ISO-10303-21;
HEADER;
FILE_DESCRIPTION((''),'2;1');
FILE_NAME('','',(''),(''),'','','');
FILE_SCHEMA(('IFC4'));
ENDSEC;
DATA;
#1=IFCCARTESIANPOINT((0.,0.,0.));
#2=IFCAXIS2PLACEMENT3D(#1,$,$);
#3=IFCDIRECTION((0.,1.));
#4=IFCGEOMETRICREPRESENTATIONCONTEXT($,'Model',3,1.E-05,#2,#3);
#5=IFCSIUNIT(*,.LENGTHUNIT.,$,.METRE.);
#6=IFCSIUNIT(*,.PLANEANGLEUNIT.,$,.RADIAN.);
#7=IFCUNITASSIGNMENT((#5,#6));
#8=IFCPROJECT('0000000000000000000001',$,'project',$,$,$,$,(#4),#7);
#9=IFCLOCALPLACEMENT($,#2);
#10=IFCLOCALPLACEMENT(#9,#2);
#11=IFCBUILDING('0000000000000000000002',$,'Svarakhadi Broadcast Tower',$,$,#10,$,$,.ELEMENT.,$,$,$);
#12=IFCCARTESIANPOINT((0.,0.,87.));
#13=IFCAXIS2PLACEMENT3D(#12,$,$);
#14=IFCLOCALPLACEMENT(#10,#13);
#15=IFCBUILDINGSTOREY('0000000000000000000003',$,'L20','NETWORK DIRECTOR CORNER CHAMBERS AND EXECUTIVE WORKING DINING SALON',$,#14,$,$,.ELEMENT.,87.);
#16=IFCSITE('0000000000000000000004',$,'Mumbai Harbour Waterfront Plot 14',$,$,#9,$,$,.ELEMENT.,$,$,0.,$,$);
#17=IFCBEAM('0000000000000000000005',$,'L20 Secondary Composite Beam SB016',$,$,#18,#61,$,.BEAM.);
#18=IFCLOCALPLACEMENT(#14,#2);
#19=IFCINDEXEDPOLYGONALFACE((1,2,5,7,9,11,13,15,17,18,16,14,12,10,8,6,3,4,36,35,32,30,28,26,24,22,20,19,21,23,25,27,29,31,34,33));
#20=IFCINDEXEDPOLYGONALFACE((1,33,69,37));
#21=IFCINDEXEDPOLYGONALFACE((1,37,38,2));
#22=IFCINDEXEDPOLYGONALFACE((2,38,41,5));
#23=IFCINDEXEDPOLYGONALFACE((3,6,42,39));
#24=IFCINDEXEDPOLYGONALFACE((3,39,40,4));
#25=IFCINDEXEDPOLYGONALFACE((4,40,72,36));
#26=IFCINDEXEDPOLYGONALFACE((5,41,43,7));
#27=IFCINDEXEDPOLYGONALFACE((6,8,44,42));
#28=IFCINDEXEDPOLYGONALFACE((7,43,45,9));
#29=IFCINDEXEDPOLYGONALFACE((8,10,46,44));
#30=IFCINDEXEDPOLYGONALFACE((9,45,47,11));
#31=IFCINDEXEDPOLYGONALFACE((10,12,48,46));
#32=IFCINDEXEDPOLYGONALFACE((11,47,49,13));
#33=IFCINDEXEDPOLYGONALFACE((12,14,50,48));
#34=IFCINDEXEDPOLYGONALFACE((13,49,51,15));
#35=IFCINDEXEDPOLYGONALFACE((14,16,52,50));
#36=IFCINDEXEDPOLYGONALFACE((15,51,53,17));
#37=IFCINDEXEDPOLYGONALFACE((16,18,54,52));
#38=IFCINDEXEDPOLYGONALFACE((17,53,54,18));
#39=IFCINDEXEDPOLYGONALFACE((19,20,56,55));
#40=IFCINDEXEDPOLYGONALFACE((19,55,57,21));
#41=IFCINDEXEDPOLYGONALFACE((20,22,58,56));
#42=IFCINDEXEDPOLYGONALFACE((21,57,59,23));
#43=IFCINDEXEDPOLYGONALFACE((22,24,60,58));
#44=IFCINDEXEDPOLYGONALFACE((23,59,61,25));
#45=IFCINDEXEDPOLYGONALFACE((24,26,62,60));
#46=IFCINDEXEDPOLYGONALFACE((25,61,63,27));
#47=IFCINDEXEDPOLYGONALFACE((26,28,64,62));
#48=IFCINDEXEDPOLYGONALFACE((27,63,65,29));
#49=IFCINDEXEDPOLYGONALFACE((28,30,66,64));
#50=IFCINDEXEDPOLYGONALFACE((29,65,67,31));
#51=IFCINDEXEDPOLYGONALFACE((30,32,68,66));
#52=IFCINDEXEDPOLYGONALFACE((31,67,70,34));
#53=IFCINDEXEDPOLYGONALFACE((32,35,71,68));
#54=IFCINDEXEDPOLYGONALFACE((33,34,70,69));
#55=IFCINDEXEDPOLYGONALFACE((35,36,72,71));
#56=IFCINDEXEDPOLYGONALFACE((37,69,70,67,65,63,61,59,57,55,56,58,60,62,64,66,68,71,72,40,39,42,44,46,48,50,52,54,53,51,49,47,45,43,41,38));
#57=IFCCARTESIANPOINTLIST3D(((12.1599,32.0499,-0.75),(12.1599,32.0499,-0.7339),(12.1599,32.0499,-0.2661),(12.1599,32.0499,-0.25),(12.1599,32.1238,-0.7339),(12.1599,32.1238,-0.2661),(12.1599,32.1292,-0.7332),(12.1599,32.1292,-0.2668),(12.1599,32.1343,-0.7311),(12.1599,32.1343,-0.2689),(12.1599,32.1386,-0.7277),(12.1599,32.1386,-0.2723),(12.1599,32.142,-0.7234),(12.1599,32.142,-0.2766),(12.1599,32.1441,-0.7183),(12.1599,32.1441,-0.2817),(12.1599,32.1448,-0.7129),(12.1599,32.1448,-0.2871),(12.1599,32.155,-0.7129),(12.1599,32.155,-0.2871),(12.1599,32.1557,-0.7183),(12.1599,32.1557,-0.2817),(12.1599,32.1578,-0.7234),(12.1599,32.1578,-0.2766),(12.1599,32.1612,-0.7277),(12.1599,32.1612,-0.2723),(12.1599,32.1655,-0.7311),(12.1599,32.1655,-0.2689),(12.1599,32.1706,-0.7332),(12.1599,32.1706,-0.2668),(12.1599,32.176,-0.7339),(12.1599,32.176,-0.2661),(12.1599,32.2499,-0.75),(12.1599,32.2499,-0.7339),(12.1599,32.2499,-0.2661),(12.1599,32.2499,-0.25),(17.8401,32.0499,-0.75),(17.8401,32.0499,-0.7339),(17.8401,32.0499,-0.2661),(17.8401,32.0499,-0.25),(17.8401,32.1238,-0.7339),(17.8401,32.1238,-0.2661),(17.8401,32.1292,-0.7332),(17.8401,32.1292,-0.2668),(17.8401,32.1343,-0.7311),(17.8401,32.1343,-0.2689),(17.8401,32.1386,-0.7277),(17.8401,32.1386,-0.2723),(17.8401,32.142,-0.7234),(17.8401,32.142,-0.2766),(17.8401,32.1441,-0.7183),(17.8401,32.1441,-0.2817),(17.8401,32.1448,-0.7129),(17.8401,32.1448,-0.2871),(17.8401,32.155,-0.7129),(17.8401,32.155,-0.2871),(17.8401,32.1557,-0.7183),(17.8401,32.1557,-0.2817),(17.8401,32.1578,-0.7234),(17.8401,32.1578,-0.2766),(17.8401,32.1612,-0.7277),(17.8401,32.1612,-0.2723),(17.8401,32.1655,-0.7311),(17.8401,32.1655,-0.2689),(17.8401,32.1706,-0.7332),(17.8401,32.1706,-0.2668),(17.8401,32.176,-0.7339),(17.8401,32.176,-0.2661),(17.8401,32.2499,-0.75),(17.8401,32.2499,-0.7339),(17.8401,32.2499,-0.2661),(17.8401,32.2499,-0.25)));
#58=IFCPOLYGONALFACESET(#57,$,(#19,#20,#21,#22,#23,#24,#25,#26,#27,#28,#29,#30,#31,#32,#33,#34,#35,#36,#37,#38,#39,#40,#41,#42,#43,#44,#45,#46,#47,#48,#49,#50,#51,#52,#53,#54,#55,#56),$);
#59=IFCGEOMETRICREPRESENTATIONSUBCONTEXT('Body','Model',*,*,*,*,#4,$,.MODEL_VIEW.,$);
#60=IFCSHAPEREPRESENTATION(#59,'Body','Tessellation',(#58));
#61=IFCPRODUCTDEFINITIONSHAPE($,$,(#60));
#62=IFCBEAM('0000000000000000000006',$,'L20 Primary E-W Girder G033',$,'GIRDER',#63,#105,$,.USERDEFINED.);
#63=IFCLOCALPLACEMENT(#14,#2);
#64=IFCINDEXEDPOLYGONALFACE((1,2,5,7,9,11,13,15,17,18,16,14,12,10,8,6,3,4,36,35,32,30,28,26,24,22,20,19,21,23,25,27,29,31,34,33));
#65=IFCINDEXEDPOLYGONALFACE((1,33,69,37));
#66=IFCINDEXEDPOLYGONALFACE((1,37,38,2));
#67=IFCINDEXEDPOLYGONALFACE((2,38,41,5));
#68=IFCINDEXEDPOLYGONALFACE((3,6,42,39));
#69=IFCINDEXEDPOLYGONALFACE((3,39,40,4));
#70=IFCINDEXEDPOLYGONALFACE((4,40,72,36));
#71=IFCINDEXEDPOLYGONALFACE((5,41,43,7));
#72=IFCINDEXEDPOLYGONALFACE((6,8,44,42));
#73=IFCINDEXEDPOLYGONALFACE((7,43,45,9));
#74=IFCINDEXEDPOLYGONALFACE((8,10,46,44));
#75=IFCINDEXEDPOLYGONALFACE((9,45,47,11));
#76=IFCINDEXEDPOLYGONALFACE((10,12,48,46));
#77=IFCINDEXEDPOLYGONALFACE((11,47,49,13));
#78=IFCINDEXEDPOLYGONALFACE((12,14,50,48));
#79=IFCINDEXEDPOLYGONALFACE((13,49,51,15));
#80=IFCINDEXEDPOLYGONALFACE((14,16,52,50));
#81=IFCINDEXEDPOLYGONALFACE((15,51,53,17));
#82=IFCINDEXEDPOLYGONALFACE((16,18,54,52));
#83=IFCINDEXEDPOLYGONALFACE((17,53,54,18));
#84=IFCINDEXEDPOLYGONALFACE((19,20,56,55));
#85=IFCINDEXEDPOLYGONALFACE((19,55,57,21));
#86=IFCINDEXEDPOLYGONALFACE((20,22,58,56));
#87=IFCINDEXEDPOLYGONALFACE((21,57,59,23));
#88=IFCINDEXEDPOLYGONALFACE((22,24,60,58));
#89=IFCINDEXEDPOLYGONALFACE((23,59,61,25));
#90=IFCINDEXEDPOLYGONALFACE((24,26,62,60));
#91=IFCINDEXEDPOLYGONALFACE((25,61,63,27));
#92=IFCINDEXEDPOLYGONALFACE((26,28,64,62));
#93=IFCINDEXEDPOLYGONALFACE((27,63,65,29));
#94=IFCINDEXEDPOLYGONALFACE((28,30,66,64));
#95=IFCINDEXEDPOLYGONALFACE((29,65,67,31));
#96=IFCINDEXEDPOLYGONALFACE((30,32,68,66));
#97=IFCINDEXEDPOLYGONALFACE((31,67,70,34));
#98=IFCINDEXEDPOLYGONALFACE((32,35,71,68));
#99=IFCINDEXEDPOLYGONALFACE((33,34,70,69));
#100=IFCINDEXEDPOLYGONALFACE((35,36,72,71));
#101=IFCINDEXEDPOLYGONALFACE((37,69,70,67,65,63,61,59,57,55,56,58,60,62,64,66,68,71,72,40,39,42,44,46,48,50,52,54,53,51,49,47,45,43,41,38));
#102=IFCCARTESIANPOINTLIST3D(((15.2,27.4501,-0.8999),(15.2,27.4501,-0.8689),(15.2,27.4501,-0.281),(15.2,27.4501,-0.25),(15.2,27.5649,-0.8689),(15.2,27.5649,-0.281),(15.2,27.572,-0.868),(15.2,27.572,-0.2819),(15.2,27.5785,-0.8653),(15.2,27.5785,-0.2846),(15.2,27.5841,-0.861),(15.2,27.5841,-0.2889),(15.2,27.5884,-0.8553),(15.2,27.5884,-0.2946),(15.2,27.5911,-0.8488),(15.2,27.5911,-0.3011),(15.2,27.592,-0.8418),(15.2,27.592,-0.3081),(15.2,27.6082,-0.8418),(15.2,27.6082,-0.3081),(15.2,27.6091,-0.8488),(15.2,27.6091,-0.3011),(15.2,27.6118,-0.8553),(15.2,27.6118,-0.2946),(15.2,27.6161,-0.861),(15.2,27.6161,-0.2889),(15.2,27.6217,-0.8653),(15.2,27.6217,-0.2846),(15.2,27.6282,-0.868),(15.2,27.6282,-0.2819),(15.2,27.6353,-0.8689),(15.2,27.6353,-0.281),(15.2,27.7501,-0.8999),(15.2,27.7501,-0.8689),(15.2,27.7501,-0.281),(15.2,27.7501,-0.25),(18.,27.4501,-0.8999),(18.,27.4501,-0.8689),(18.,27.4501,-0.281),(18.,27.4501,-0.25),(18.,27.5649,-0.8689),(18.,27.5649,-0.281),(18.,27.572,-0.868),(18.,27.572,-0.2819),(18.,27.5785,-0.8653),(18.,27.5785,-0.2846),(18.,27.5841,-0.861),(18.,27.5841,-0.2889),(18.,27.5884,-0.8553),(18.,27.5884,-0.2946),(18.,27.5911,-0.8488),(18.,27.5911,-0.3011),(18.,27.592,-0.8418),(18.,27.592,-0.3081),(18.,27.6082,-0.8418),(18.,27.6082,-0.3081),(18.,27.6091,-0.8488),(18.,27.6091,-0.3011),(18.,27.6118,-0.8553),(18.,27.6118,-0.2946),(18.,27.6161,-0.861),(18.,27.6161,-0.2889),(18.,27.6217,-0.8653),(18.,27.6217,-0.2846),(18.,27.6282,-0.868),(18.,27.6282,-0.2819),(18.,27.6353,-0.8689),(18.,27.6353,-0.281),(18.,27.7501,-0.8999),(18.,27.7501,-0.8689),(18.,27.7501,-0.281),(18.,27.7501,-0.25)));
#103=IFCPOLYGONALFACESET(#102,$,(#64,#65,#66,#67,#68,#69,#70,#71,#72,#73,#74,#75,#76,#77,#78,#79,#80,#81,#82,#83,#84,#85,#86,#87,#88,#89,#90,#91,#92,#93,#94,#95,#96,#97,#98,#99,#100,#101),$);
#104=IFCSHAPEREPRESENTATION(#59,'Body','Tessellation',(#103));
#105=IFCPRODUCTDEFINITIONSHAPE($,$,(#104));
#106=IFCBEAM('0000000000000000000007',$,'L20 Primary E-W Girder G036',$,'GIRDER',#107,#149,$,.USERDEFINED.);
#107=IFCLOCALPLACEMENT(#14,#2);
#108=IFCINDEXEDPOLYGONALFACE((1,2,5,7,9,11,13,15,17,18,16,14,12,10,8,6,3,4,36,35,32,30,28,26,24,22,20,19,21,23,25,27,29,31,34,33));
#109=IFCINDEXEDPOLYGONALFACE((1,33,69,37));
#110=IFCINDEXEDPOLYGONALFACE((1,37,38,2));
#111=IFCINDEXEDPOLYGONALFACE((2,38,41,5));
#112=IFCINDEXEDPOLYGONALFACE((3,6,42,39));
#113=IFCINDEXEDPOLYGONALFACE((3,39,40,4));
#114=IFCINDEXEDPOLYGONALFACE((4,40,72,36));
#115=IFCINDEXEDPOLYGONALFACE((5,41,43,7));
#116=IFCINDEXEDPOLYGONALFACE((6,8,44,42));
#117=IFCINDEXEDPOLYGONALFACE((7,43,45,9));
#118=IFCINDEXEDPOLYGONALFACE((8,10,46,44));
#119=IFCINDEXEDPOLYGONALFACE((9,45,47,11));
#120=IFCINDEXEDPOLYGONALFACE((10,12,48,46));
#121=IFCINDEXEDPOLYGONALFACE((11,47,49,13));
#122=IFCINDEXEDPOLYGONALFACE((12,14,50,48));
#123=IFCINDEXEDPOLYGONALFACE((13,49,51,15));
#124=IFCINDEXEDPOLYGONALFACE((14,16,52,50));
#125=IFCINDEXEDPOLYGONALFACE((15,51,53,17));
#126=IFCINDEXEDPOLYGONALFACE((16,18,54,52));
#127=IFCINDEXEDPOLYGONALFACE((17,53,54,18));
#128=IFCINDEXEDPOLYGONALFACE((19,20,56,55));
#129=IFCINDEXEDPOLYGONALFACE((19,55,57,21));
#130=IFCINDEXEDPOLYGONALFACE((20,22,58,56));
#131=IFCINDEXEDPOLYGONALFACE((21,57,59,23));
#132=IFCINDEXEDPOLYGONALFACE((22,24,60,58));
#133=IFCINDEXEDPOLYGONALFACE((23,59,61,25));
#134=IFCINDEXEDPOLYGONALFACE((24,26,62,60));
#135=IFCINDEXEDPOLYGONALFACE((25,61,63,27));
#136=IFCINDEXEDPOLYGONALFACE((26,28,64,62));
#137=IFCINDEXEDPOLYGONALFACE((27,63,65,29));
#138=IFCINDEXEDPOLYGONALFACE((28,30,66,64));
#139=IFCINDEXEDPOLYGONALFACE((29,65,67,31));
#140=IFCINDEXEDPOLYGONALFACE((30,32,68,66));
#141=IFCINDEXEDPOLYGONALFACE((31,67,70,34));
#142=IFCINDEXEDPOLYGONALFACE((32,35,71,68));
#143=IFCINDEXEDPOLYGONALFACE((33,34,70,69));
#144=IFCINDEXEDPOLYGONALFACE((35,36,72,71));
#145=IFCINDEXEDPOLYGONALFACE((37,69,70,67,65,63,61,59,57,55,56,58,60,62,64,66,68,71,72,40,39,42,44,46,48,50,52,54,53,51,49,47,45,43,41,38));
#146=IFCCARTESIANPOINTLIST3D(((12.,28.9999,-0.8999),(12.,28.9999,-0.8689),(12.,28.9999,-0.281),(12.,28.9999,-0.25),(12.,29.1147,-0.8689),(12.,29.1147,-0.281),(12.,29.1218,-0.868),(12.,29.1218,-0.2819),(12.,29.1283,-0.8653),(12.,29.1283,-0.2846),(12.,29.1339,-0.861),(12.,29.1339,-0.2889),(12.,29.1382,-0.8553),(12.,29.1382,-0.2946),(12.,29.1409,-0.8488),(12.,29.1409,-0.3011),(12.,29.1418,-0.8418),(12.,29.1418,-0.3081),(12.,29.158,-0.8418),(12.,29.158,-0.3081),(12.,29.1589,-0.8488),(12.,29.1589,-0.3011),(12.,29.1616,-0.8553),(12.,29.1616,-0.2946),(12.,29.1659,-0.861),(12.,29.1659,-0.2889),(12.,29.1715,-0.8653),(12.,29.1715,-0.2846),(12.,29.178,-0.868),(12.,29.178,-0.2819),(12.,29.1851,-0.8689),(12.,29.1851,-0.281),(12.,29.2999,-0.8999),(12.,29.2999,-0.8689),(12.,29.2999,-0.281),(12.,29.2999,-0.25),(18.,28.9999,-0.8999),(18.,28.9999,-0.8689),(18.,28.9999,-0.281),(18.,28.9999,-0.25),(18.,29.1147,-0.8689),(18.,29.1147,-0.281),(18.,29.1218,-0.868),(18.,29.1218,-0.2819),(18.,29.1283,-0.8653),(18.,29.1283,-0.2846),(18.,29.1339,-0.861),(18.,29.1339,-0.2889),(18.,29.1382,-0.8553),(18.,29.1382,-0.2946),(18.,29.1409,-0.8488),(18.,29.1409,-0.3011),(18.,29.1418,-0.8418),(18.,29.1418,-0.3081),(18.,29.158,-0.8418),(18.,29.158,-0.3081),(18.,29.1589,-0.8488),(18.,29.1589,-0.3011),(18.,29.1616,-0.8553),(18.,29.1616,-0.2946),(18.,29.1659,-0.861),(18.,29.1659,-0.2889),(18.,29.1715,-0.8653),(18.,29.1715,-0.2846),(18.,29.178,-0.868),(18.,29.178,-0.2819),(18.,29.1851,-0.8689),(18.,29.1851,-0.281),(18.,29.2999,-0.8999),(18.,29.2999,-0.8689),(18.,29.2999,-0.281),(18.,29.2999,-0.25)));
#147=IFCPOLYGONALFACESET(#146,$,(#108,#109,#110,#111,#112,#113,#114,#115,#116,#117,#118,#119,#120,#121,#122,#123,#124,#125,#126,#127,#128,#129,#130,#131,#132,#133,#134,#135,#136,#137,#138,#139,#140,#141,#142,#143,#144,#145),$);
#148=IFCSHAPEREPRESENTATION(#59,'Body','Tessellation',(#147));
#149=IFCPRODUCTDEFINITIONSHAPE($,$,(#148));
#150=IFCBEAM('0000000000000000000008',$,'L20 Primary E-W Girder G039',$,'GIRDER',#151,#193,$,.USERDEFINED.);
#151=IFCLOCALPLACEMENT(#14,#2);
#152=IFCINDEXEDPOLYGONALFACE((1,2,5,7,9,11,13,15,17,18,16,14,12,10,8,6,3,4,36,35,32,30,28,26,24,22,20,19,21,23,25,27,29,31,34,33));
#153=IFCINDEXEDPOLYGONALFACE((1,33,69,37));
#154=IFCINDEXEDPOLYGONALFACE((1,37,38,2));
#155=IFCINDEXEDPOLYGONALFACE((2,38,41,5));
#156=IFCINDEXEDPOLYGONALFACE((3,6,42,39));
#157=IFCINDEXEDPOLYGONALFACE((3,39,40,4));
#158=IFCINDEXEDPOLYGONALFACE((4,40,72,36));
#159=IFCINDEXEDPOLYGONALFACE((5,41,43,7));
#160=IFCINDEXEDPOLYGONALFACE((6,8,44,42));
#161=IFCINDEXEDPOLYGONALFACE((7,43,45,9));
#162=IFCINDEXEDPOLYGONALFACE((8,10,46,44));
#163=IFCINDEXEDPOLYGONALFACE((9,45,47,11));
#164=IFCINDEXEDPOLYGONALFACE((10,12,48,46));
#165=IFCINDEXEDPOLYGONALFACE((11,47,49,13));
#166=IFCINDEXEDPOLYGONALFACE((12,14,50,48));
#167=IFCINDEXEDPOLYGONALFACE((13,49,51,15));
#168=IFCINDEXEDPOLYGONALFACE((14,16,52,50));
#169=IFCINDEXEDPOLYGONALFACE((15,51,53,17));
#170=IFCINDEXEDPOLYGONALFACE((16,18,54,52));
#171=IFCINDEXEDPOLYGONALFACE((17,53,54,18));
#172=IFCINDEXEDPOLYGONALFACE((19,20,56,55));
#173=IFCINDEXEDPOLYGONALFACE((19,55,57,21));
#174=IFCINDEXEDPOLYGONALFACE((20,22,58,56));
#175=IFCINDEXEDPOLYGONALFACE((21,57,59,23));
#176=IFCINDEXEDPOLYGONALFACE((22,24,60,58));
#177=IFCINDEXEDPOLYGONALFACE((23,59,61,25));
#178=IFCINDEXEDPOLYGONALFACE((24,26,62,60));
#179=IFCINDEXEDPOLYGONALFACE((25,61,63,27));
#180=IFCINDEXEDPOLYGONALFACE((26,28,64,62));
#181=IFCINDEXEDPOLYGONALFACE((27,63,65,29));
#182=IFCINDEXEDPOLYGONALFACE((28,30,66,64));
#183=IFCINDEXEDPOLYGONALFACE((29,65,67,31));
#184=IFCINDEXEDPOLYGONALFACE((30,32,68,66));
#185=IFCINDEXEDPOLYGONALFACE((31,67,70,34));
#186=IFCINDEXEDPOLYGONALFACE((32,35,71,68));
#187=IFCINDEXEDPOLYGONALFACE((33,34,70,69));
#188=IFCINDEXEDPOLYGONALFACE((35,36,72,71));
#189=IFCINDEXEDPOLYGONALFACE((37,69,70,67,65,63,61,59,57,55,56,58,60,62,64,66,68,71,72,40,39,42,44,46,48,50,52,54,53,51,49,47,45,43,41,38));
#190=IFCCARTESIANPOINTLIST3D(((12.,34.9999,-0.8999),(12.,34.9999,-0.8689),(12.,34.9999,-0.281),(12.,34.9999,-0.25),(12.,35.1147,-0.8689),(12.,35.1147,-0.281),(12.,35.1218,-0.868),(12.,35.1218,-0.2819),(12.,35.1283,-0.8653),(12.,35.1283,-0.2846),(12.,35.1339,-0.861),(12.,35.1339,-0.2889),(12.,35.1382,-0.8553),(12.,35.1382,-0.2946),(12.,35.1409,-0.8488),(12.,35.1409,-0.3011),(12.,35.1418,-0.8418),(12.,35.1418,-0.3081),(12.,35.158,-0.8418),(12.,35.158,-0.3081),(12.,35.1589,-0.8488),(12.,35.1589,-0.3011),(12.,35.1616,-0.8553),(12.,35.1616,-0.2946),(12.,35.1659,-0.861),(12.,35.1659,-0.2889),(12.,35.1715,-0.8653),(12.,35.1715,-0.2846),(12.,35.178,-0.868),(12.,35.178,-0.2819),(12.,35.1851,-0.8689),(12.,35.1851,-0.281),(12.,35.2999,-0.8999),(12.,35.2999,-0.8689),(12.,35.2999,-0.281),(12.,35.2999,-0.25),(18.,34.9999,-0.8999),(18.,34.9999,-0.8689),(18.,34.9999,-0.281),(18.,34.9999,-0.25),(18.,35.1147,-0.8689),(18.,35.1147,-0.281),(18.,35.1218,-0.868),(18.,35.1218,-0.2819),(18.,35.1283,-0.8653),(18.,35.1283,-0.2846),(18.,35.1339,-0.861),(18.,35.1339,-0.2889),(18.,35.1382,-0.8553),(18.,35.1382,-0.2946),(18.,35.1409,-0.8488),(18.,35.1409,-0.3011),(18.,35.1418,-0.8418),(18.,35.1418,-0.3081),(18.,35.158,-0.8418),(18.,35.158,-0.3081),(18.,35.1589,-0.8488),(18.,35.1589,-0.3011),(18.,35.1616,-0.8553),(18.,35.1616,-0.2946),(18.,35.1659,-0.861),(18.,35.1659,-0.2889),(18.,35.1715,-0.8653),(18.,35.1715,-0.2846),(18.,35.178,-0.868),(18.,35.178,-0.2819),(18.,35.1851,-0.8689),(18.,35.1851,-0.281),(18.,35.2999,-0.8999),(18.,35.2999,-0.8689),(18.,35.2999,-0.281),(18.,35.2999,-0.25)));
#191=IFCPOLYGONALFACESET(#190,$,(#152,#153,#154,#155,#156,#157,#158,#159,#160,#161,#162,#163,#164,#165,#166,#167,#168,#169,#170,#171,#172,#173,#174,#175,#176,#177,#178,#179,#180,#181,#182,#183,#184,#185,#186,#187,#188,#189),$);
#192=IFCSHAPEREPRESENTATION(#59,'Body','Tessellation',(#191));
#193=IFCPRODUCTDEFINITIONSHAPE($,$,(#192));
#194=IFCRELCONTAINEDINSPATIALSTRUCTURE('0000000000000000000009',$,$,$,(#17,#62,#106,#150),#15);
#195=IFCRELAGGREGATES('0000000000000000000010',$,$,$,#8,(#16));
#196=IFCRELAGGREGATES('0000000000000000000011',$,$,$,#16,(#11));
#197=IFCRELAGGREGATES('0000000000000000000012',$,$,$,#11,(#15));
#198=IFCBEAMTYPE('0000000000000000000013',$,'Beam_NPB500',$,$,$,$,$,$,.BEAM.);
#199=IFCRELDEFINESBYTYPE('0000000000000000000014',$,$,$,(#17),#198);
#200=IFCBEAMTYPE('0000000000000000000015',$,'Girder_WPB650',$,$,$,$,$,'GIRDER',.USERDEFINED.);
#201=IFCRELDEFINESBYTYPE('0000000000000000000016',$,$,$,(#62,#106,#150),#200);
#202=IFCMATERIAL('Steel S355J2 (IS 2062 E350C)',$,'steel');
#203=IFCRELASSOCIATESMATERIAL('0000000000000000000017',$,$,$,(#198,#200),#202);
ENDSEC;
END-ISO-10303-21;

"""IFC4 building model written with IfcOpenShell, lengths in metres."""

from ifc_helpers import new_model, si_unit, direction, frame, origin, origin_2d, place, context, subcontext, project, spatial, i_section, extrude, material, material_profile, profile_set, type_object, element, save


model = new_model("IFC4")

# Units and contexts
model_context = context("Model", 3, precision=1e-05, world=origin(), true_north=direction((0.0, 1.0)))
body_context = subcontext(model_context, "Body", "Model", "MODEL_VIEW")
ifc_project = project(units=[si_unit("LENGTHUNIT", "METRE"), si_unit("PLANEANGLEUNIT", "RADIAN")], contexts=[model_context])

# Site, building, storey
site_placement = place(None, origin())
site = spatial("IfcSite", under=ifc_project, at=site_placement, Name="Mumbai Harbour Waterfront Plot 14", CompositionType="ELEMENT", RefElevation=0.0)
building_placement = place(site_placement, origin())
building = spatial("IfcBuilding", under=site, at=building_placement, Name="Svarakhadi Broadcast Tower", CompositionType="ELEMENT")
storey_placement = place(building_placement, frame((0.0, 0.0, 87.0)))
storey = spatial("IfcBuildingStorey", under=building, at=storey_placement, Name="L20", Description="NETWORK DIRECTOR CORNER CHAMBERS AND EXECUTIVE WORKING DINING SALON", CompositionType="ELEMENT", Elevation=87.0)

# Beams
ifc_material_1 = material(Name="Steel S355J2 (IS 2062 E350C)", Category="steel")
ifc_material_profile_1 = material_profile(ifc_material_1, i_section(OverallWidth=0.2, OverallDepth=0.5, WebThickness=0.0103, FlangeThickness=0.0161, FilletRadius=0.021, at=origin_2d()), Name="NPB 500x200x91")
ifc_profile_set_1 = profile_set([ifc_material_profile_1], Name="Steel S355J2 (IS 2062 E350C)")
beam_type_1 = type_object("IfcBeamType", Name="Beam_NPB500", PredefinedType="BEAM", material=ifc_profile_set_1)
beam_1_placement = place(storey_placement, frame((12.1599, 32.1499, -0.5), z_axis=(1.0, 0.0, 0.0), x_axis=(0.0, 1.0, 0.0)))
element("IfcBeam", 1, at=beam_1_placement, inside=storey, type_object=beam_type_1, Name="L20 Secondary Composite Beam SB016", PredefinedType="BEAM", context=body_context, shape_type="SweptSolid", body=[
    extrude(i_section(OverallWidth=0.2, OverallDepth=0.5, WebThickness=0.0103, FlangeThickness=0.0161, FilletRadius=0.021, at=origin_2d()), origin(), (0.0, 0.0, 1.0), 5.6802),
])
ifc_material_profile_2 = material_profile(ifc_material_1, i_section(OverallWidth=0.3, OverallDepth=0.6499, WebThickness=0.0161, FlangeThickness=0.031, FilletRadius=0.0271, at=origin_2d()), Name="WPB 650x300x225")
ifc_profile_set_2 = profile_set([ifc_material_profile_2], Name="Steel S355J2 (IS 2062 E350C)")
beam_type_2 = type_object("IfcBeamType", Name="Girder_WPB650", ElementType="GIRDER", PredefinedType="USERDEFINED", material=ifc_profile_set_2)
beam_2_placement = place(storey_placement, frame((15.2, 27.6001, -0.575), z_axis=(1.0, 0.0, 0.0), x_axis=(0.0, 1.0, 0.0)))
element("IfcBeam", 2, at=beam_2_placement, inside=storey, type_object=beam_type_2, Name="L20 Primary E-W Girder G033", ObjectType="GIRDER", PredefinedType="USERDEFINED", context=body_context, shape_type="SweptSolid", body=[
    extrude(i_section(OverallWidth=0.3, OverallDepth=0.6499, WebThickness=0.0161, FlangeThickness=0.031, FilletRadius=0.0271, at=origin_2d()), origin(), (0.0, 0.0, 1.0), 2.8),
])
for number, where, z_axis, x_axis, name in (
    (3, (12.0, 29.1499, -0.575), (1.0, 0.0, 0.0), (0.0, 1.0, 0.0), "L20 Primary E-W Girder G036"),
    (4, (12.0, 35.1499, -0.575), (1.0, 0.0, 0.0), (0.0, 1.0, 0.0), "L20 Primary E-W Girder G039"),
):
    element("IfcBeam", number, at=place(storey_placement, frame(where, z_axis=z_axis, x_axis=x_axis)), inside=storey, type_object=beam_type_2, Name=name, ObjectType="GIRDER", PredefinedType="USERDEFINED", context=body_context, shape_type="SweptSolid", body=[
        extrude(i_section(OverallWidth=0.3, OverallDepth=0.6499, WebThickness=0.0161, FlangeThickness=0.031, FilletRadius=0.0271, at=origin_2d()), origin(), (0.0, 0.0, 1.0), 6.0),
    ])

save(model, "model.ifc")
